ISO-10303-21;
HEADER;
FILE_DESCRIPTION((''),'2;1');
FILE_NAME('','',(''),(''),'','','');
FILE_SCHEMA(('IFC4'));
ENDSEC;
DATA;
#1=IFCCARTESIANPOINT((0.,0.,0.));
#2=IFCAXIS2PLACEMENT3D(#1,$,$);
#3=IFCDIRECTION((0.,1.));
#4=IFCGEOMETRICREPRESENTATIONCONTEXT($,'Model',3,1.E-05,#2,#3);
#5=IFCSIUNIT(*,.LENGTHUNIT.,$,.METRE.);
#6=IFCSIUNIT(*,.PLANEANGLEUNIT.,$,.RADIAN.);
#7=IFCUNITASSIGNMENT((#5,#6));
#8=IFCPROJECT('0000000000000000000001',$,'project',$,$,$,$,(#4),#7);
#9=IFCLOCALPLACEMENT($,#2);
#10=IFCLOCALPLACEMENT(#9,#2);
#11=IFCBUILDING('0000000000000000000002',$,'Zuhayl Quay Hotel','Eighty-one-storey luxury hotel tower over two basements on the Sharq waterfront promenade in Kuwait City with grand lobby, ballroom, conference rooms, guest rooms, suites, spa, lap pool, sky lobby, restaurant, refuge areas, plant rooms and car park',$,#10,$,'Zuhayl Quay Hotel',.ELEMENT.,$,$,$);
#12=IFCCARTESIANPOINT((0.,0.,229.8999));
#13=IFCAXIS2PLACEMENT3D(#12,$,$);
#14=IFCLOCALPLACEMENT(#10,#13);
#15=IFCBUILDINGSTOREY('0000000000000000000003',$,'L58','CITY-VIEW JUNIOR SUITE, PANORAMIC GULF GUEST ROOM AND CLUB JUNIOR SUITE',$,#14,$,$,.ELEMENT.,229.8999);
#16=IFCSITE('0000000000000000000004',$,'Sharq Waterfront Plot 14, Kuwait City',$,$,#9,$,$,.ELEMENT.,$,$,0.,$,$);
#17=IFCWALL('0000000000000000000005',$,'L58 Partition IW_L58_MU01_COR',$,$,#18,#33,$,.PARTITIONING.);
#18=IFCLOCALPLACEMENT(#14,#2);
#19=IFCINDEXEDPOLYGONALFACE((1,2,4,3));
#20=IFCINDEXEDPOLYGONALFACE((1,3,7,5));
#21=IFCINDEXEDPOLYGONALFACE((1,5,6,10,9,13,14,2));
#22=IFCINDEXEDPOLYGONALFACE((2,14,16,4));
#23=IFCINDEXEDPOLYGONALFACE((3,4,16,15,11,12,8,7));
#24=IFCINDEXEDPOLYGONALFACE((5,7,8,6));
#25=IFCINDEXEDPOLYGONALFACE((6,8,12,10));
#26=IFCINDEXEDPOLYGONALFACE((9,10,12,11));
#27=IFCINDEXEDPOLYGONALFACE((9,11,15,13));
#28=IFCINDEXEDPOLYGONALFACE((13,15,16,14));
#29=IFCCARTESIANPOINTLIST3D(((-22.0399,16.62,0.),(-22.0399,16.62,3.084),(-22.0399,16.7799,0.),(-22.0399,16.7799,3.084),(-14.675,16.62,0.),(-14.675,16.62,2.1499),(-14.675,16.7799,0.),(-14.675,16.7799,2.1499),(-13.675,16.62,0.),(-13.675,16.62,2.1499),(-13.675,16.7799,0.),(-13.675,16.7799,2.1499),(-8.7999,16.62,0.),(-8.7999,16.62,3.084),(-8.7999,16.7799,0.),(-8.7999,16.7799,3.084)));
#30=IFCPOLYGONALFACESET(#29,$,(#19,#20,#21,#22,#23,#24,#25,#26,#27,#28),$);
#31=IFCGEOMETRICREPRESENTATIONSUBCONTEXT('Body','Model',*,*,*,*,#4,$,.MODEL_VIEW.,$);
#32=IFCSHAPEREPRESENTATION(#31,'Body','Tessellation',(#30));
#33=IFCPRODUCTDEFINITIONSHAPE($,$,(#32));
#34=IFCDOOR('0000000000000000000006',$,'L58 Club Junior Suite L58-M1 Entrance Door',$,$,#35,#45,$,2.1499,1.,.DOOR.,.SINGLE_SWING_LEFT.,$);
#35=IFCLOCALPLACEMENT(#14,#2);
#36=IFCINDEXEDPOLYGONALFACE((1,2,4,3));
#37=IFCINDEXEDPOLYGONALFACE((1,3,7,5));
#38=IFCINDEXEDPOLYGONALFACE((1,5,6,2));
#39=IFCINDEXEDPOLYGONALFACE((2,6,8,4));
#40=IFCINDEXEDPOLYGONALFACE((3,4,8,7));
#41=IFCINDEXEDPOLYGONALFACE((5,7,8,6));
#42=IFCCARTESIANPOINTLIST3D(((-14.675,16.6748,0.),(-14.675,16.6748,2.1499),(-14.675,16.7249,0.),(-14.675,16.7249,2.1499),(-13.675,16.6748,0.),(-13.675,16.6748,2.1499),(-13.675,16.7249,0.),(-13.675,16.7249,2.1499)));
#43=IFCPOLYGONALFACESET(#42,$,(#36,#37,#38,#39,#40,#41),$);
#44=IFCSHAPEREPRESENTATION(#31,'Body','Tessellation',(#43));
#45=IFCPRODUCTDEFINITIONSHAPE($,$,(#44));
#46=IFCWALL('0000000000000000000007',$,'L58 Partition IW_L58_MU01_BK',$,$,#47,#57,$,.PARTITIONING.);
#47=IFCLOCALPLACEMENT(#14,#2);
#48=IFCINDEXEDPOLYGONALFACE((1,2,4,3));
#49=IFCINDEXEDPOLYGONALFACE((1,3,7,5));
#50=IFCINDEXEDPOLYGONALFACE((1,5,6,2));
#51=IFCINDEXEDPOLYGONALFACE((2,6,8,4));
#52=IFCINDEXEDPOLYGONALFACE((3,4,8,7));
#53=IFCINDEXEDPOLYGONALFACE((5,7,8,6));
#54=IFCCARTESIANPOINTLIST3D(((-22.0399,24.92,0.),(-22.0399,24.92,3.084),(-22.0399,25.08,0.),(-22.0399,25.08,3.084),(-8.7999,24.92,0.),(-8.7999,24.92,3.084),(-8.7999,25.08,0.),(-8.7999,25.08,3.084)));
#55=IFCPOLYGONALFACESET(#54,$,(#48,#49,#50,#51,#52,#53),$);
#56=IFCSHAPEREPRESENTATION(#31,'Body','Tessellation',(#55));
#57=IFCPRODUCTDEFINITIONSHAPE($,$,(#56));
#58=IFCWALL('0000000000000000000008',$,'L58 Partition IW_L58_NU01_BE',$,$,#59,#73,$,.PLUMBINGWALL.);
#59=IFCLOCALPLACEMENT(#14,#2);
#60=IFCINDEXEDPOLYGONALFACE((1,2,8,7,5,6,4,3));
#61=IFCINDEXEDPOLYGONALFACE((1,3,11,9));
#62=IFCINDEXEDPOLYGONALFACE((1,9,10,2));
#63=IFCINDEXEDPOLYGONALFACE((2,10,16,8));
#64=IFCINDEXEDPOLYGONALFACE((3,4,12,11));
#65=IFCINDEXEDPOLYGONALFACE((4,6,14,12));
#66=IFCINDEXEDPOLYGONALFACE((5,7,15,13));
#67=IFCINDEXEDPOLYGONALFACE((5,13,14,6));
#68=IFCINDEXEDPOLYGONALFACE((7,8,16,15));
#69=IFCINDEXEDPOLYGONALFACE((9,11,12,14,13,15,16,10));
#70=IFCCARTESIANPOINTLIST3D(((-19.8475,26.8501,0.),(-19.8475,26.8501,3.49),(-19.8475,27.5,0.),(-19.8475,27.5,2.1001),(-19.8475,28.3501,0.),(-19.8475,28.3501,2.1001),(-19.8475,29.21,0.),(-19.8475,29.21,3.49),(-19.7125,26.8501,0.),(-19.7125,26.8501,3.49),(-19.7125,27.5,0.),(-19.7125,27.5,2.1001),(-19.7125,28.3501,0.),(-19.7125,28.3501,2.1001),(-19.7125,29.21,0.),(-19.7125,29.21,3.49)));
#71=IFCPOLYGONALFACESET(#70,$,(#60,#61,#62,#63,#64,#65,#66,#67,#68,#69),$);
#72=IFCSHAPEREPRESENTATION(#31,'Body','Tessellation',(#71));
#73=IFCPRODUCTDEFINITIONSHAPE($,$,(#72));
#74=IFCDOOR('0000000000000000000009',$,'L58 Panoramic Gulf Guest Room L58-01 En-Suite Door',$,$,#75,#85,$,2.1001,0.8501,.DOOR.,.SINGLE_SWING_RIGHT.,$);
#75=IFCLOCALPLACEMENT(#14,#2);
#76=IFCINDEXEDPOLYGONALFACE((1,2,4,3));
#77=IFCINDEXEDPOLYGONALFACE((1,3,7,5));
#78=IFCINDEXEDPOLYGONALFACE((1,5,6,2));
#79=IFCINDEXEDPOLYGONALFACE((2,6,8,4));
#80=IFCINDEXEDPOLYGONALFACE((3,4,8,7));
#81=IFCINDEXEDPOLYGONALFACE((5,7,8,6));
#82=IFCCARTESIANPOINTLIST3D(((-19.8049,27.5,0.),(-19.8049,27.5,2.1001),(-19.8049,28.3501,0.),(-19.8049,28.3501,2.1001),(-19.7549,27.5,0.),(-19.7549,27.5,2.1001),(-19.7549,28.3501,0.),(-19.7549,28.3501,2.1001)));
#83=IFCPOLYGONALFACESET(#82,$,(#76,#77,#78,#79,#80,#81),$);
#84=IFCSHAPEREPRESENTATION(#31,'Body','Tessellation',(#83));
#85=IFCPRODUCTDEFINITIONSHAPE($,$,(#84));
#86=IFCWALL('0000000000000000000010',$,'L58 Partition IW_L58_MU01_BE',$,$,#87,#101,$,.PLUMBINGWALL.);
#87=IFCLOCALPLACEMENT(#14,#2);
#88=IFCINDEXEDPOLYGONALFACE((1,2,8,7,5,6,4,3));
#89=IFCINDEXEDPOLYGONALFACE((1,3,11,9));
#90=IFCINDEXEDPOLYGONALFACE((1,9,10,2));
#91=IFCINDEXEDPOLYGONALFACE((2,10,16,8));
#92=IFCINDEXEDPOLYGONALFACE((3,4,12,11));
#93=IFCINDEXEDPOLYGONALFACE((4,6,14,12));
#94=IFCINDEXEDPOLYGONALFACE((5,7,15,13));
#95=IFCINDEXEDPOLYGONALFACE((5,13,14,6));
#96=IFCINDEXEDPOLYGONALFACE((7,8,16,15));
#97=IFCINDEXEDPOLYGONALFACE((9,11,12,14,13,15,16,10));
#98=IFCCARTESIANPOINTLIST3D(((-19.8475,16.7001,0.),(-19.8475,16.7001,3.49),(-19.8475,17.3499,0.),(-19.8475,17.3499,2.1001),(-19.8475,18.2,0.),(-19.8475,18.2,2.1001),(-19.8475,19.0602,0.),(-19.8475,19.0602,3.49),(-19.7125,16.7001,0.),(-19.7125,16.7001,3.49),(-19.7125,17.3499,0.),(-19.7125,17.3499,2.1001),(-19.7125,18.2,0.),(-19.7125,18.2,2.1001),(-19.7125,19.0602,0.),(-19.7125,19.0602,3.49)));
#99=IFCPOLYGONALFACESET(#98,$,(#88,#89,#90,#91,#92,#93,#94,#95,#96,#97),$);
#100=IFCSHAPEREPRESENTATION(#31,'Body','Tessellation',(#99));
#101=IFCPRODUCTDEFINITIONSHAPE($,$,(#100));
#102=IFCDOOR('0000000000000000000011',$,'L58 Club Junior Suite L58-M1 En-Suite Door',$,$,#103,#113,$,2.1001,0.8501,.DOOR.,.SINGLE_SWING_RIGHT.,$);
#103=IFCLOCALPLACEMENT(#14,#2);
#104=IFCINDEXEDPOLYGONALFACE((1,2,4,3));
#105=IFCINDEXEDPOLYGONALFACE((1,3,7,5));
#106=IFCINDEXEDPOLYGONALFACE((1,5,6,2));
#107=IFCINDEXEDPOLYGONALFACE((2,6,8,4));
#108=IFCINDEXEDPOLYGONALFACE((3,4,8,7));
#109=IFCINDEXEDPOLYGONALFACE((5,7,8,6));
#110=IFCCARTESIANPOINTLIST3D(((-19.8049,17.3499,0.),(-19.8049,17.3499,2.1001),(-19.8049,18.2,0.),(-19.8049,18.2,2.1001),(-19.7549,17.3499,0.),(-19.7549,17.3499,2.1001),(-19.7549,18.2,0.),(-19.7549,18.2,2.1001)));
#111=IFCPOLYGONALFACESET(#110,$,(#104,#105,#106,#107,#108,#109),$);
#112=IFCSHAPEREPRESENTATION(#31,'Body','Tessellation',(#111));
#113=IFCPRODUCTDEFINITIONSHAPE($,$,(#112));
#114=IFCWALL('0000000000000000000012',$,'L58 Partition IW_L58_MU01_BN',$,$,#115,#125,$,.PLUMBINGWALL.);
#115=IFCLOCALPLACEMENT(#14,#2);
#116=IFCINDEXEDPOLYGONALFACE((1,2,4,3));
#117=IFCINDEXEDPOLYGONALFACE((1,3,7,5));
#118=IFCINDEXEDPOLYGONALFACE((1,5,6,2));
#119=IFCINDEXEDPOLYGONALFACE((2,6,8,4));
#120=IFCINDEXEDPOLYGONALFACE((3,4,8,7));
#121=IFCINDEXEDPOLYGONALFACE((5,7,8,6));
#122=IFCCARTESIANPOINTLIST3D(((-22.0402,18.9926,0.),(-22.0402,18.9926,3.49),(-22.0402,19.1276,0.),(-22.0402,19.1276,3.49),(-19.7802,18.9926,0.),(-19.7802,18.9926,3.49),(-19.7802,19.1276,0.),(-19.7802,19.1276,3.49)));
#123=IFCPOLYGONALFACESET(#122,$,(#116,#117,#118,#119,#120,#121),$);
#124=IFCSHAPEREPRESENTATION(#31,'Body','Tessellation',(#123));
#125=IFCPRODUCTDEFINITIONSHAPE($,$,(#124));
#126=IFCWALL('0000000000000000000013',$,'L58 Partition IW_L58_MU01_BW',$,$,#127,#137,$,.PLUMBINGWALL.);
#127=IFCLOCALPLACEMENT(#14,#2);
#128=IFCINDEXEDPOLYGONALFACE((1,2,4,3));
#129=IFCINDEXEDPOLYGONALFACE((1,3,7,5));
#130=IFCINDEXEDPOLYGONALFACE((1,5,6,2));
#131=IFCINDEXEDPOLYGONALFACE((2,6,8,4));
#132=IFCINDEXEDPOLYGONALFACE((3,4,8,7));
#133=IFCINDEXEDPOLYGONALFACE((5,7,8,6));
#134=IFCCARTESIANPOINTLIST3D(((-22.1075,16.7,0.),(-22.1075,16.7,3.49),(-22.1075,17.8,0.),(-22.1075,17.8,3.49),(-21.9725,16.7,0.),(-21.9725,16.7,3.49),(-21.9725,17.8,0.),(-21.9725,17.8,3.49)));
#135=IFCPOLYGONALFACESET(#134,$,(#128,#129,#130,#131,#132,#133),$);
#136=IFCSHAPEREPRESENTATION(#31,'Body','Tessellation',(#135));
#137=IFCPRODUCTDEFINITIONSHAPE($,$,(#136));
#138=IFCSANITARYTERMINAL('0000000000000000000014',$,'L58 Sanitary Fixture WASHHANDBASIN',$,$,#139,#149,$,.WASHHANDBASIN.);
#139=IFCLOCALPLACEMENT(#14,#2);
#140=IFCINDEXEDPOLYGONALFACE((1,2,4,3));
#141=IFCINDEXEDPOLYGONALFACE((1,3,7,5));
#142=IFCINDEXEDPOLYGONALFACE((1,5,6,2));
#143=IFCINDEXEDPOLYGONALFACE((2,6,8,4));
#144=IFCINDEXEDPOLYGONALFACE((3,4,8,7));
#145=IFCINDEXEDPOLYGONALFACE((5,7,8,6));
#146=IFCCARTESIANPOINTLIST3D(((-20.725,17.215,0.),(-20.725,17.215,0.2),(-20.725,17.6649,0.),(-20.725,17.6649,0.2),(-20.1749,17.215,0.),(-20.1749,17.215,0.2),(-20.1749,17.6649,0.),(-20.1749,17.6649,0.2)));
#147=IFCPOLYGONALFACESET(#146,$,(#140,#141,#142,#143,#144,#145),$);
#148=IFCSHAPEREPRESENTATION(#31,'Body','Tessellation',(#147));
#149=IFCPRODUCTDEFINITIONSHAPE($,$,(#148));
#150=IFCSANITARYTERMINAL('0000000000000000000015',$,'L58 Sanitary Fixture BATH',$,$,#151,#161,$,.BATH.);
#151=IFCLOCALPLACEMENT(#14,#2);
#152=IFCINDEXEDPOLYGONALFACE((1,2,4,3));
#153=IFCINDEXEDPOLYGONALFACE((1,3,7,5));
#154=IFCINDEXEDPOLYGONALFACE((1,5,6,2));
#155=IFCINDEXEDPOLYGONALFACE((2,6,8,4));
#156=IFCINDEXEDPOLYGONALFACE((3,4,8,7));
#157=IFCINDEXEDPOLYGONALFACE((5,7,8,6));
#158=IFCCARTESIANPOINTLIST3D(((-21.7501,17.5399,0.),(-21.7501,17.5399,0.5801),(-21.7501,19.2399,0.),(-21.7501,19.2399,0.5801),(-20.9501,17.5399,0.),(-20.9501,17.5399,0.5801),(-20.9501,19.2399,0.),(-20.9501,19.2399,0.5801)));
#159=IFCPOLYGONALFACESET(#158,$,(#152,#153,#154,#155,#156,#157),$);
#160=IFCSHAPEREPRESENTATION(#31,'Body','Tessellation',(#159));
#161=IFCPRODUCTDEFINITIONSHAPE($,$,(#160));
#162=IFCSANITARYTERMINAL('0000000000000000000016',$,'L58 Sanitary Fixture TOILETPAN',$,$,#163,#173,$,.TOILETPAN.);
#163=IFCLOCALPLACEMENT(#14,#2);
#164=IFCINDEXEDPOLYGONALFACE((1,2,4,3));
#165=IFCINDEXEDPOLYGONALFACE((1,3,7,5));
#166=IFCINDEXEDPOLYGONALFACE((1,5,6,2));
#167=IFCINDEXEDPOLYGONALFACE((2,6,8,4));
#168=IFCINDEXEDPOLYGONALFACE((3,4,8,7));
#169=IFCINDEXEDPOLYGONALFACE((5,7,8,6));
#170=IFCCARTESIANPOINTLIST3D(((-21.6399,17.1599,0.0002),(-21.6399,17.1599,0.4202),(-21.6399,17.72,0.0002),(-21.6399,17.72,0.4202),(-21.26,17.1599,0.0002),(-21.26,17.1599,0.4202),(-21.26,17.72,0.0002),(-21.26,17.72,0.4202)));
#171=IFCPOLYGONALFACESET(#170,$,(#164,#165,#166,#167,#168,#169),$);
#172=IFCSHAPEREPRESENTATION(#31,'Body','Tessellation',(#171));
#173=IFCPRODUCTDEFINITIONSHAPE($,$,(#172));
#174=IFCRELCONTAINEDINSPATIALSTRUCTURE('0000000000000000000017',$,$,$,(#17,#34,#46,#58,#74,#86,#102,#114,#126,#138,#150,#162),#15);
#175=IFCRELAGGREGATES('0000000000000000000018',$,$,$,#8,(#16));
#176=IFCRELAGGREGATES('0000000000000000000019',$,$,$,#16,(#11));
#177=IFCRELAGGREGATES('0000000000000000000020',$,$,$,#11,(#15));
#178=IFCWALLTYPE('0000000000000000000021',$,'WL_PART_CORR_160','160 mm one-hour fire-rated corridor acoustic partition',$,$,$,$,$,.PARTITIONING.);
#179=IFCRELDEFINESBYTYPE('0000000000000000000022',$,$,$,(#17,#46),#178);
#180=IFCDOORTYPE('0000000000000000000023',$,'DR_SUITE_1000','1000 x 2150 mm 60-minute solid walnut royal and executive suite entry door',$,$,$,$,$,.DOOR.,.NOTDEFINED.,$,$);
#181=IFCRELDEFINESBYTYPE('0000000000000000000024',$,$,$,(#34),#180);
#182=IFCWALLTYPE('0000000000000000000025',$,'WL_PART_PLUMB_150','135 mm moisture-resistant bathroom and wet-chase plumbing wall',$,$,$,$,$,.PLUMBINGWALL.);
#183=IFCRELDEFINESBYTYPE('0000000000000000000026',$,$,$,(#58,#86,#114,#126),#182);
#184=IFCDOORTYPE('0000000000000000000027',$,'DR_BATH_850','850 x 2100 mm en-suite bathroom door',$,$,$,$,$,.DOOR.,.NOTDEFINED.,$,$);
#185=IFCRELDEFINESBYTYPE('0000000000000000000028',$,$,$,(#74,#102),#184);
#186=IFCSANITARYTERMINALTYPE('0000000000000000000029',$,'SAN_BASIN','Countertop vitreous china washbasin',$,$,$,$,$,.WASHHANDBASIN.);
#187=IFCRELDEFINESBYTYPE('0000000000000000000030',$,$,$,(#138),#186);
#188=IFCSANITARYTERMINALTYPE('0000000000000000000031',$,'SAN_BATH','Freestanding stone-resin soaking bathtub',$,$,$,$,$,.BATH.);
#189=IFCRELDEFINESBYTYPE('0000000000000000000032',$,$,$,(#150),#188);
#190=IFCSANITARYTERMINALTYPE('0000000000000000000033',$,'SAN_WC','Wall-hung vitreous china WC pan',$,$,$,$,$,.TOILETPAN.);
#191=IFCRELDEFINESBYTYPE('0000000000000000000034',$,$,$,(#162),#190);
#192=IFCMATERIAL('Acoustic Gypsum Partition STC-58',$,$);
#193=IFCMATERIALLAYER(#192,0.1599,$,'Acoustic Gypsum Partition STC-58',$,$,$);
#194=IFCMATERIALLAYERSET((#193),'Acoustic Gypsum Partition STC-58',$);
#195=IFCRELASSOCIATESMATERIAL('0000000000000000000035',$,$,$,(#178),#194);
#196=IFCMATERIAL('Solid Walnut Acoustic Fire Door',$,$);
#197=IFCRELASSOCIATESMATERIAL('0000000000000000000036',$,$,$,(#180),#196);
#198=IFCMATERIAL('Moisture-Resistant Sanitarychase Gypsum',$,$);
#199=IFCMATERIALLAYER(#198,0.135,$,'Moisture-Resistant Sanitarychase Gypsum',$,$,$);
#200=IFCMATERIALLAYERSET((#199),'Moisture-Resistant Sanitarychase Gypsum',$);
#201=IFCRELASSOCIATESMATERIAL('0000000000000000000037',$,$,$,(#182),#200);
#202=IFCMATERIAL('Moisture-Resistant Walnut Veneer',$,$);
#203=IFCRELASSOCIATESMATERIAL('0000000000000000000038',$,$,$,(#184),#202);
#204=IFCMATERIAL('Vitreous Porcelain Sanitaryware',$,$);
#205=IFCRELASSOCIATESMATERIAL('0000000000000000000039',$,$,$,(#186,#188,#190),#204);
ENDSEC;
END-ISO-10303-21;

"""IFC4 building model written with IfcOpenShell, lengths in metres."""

from ifc_helpers import new_model, si_unit, direction, frame, frame_2d, origin, origin_2d, place, context, subcontext, project, spatial, rectangle, extrude, material, layer, layer_set, type_object, element, fill, save


model = new_model("IFC4")

# Units and contexts
model_context = context("Model", 3, precision=1e-05, world=origin(), true_north=direction((0.0, 1.0)))
body_context = subcontext(model_context, "Body", "Model", "MODEL_VIEW")
ifc_project = project(units=[si_unit("LENGTHUNIT", "METRE"), si_unit("PLANEANGLEUNIT", "RADIAN")], contexts=[model_context])

# Site, building, storey
site_placement = place(None, origin())
site = spatial("IfcSite", under=ifc_project, at=site_placement, Name="Sharq Waterfront Plot 14, Kuwait City", CompositionType="ELEMENT", RefElevation=0.0)
building_placement = place(site_placement, origin())
building = spatial("IfcBuilding", under=site, at=building_placement, Name="Zuhayl Quay Hotel", Description="Eighty-one-storey luxury hotel tower over two basements on the Sharq waterfront promenade in Kuwait City with grand lobby, ballroom, conference rooms, guest rooms, suites, spa, lap pool, sky lobby, restaurant, refuge areas, plant rooms and car park", LongName="Zuhayl Quay Hotel", CompositionType="ELEMENT")
storey_placement = place(building_placement, frame((0.0, 0.0, 229.8999)))
storey = spatial("IfcBuildingStorey", under=building, at=storey_placement, Name="L58", Description="CITY-VIEW JUNIOR SUITE, PANORAMIC GULF GUEST ROOM AND CLUB JUNIOR SUITE", CompositionType="ELEMENT", Elevation=229.8999)

# Shared definitions
ifc_material_1 = material(Name="Acoustic Gypsum Partition STC-58")

# Wall, opening, door
ifc_layer_1 = layer(ifc_material_1, 0.1599, Name="Acoustic Gypsum Partition STC-58")
ifc_layer_set_1 = layer_set([ifc_layer_1], Name="Acoustic Gypsum Partition STC-58")
wall_type_1 = type_object("IfcWallType", Name="WL_PART_CORR_160", Description="160 mm one-hour fire-rated corridor acoustic partition", PredefinedType="PARTITIONING", material=ifc_layer_set_1)
ifc_material_2 = material(Name="Solid Walnut Acoustic Fire Door")
door_type_1 = type_object("IfcDoorType", Name="DR_SUITE_1000", Description="1000 x 2150 mm 60-minute solid walnut royal and executive suite entry door", OperationType="NOTDEFINED", PredefinedType="DOOR", material=ifc_material_2)
wall_1_placement = place(storey_placement, frame((-22.04, 16.7, 0.0), z_axis=(0.0, 0.0, 1.0), x_axis=(1.0, 0.0, 0.0)))
wall_1 = element("IfcWall", 1, at=wall_1_placement, inside=storey, type_object=wall_type_1, Name="L58 Partition IW_L58_MU01_COR", PredefinedType="PARTITIONING", context=body_context, shape_type="SweptSolid", body=[
    extrude(rectangle(XDim=13.24, YDim=0.1599, at=frame_2d((6.6201, 0.0))), origin(), (0.0, 0.0, 1.0), 3.084),
])
opening_1_placement = place(wall_1_placement, frame((7.365, 0.0, 0.0)))
opening_1 = element("IfcOpeningElement", 2, at=opening_1_placement, cuts=wall_1, PredefinedType="OPENING", context=body_context, shape_type="SweptSolid", body=[
    extrude(rectangle(XDim=1.0, YDim=2.1499, at=frame_2d((0.5, 1.075))), frame((0.0, 0.0898, 0.0), z_axis=(0.0, -1.0, 0.0), x_axis=(1.0, 0.0, 0.0)), (0.0, 0.0, 1.0), 0.1799),
])
door_1_placement = place(opening_1_placement, origin())
door_1 = element("IfcDoor", 3, at=door_1_placement, inside=storey, type_object=door_type_1, Name="L58 Club Junior Suite L58-M1 Entrance Door", OperationType="SINGLE_SWING_LEFT", OverallHeight=2.1499, OverallWidth=1.0, PredefinedType="DOOR", context=body_context, shape_type="SweptSolid", body=[
    extrude(rectangle(XDim=1.0, YDim=2.1499, at=frame_2d((0.5, 1.075))), frame((0.0, 0.0249, 0.0), z_axis=(0.0, -1.0, 0.0), x_axis=(1.0, 0.0, 0.0)), (0.0, 0.0, 1.0), 0.05),
])
fill(opening_1, door_1)

# Wall
wall_2_placement = place(storey_placement, frame((-22.04, 25.0, 0.0), z_axis=(0.0, 0.0, 1.0), x_axis=(1.0, 0.0, 0.0)))
element("IfcWall", 4, at=wall_2_placement, inside=storey, type_object=wall_type_1, Name="L58 Partition IW_L58_MU01_BK", PredefinedType="PARTITIONING", context=body_context, shape_type="SweptSolid", body=[
    extrude(rectangle(XDim=13.24, YDim=0.1599, at=frame_2d((6.6201, 0.0))), origin(), (0.0, 0.0, 1.0), 3.084),
])

# Walls, openings, doors
ifc_material_3 = material(Name="Moisture-Resistant Sanitarychase Gypsum")
ifc_layer_2 = layer(ifc_material_3, 0.135, Name="Moisture-Resistant Sanitarychase Gypsum")
ifc_layer_set_2 = layer_set([ifc_layer_2], Name="Moisture-Resistant Sanitarychase Gypsum")
wall_type_2 = type_object("IfcWallType", Name="WL_PART_PLUMB_150", Description="135 mm moisture-resistant bathroom and wet-chase plumbing wall", PredefinedType="PLUMBINGWALL", material=ifc_layer_set_2)
wall_3_placement = place(storey_placement, frame((-19.78, 26.8501, 0.0), z_axis=(0.0, 0.0, 1.0), x_axis=(0.0, 1.0, 0.0)))
wall_3 = element("IfcWall", 5, at=wall_3_placement, inside=storey, type_object=wall_type_2, Name="L58 Partition IW_L58_NU01_BE", PredefinedType="PLUMBINGWALL", context=body_context, shape_type="SweptSolid", body=[
    extrude(rectangle(XDim=2.3599, YDim=0.135, at=frame_2d((1.1799, 0.0))), origin(), (0.0, 0.0, 1.0), 3.49),
])
opening_2_placement = place(wall_3_placement, frame((0.6499, 0.0, 0.0)))
opening_2 = element("IfcOpeningElement", 6, at=opening_2_placement, cuts=wall_3, PredefinedType="OPENING", context=body_context, shape_type="SweptSolid", body=[
    extrude(rectangle(XDim=0.8501, YDim=2.1001, at=frame_2d((0.425, 1.05))), frame((0.0, 0.0774, 0.0), z_axis=(0.0, -1.0, 0.0), x_axis=(1.0, 0.0, 0.0)), (0.0, 0.0, 1.0), 0.155),
])
ifc_material_4 = material(Name="Moisture-Resistant Walnut Veneer")
door_type_2 = type_object("IfcDoorType", Name="DR_BATH_850", Description="850 x 2100 mm en-suite bathroom door", OperationType="NOTDEFINED", PredefinedType="DOOR", material=ifc_material_4)
door_2_placement = place(opening_2_placement, origin())
door_2 = element("IfcDoor", 7, at=door_2_placement, inside=storey, type_object=door_type_2, Name="L58 Panoramic Gulf Guest Room L58-01 En-Suite Door", OperationType="SINGLE_SWING_RIGHT", OverallHeight=2.1001, OverallWidth=0.8501, PredefinedType="DOOR", context=body_context, shape_type="SweptSolid", body=[
    extrude(rectangle(XDim=0.8501, YDim=2.1001, at=frame_2d((0.425, 1.05))), frame((0.0, 0.0249, 0.0), z_axis=(0.0, -1.0, 0.0), x_axis=(1.0, 0.0, 0.0)), (0.0, 0.0, 1.0), 0.05),
])
fill(opening_2, door_2)
wall_4_placement = place(storey_placement, frame((-19.78, 16.7, 0.0), z_axis=(0.0, 0.0, 1.0), x_axis=(0.0, 1.0, 0.0)))
wall_4 = element("IfcWall", 8, at=wall_4_placement, inside=storey, type_object=wall_type_2, Name="L58 Partition IW_L58_MU01_BE", PredefinedType="PLUMBINGWALL", context=body_context, shape_type="SweptSolid", body=[
    extrude(rectangle(XDim=2.3601, YDim=0.135, at=frame_2d((1.1802, 0.0))), origin(), (0.0, 0.0, 1.0), 3.49),
])
opening_3_placement = place(wall_4_placement, frame((0.6499, 0.0, 0.0)))
opening_3 = element("IfcOpeningElement", 9, at=opening_3_placement, cuts=wall_4, PredefinedType="OPENING", context=body_context, shape_type="SweptSolid", body=[
    extrude(rectangle(XDim=0.8501, YDim=2.1001, at=frame_2d((0.425, 1.05))), frame((0.0, 0.0774, 0.0), z_axis=(0.0, -1.0, 0.0), x_axis=(1.0, 0.0, 0.0)), (0.0, 0.0, 1.0), 0.155),
])
door_3_placement = place(opening_3_placement, origin())
door_3 = element("IfcDoor", 10, at=door_3_placement, inside=storey, type_object=door_type_2, Name="L58 Club Junior Suite L58-M1 En-Suite Door", OperationType="SINGLE_SWING_RIGHT", OverallHeight=2.1001, OverallWidth=0.8501, PredefinedType="DOOR", context=body_context, shape_type="SweptSolid", body=[
    extrude(rectangle(XDim=0.8501, YDim=2.1001, at=frame_2d((0.425, 1.05))), frame((0.0, 0.0249, 0.0), z_axis=(0.0, -1.0, 0.0), x_axis=(1.0, 0.0, 0.0)), (0.0, 0.0, 1.0), 0.05),
])
fill(opening_3, door_3)

# Walls
wall_5_placement = place(storey_placement, frame((-22.04, 19.0601, 0.0), z_axis=(0.0, 0.0, 1.0), x_axis=(1.0, 0.0, 0.0)))
element("IfcWall", 11, at=wall_5_placement, inside=storey, type_object=wall_type_2, Name="L58 Partition IW_L58_MU01_BN", PredefinedType="PLUMBINGWALL", context=body_context, shape_type="SweptSolid", body=[
    extrude(rectangle(XDim=2.26, YDim=0.135, at=frame_2d((1.1299, 0.0))), origin(), (0.0, 0.0, 1.0), 3.49),
])
wall_6_placement = place(storey_placement, frame((-22.04, 16.7, 0.0), z_axis=(0.0, 0.0, 1.0), x_axis=(0.0, 1.0, 0.0)))
element("IfcWall", 12, at=wall_6_placement, inside=storey, type_object=wall_type_2, Name="L58 Partition IW_L58_MU01_BW", PredefinedType="PLUMBINGWALL", context=body_context, shape_type="SweptSolid", body=[
    extrude(rectangle(XDim=1.1001, YDim=0.135, at=frame_2d((0.55, 0.0))), origin(), (0.0, 0.0, 1.0), 3.49),
])

# Sanitary terminals
ifc_material_5 = material(Name="Vitreous Porcelain Sanitaryware")
sanitary_terminal_type_1 = type_object("IfcSanitaryTerminalType", Name="SAN_BASIN", Description="Countertop vitreous china washbasin", PredefinedType="WASHHANDBASIN", material=ifc_material_5)
sanitary_terminal_1_placement = place(storey_placement, frame((-20.45, 17.4399, 0.0), z_axis=(0.0, 0.0, 1.0), x_axis=(1.0, 0.0, 0.0)))
element("IfcSanitaryTerminal", 13, at=sanitary_terminal_1_placement, inside=storey, type_object=sanitary_terminal_type_1, Name="L58 Sanitary Fixture WASHHANDBASIN", PredefinedType="WASHHANDBASIN", context=body_context, shape_type="SweptSolid", body=[
    extrude(rectangle(XDim=0.55, YDim=0.45, at=origin_2d()), origin(), (0.0, 0.0, 1.0), 0.2),
])
sanitary_terminal_type_2 = type_object("IfcSanitaryTerminalType", Name="SAN_BATH", Description="Freestanding stone-resin soaking bathtub", PredefinedType="BATH", material=ifc_material_5)
sanitary_terminal_2_placement = place(storey_placement, frame((-21.3501, 18.3899, 0.0), z_axis=(0.0, 0.0, 1.0), x_axis=(1.0, 0.0, 0.0)))
element("IfcSanitaryTerminal", 14, at=sanitary_terminal_2_placement, inside=storey, type_object=sanitary_terminal_type_2, Name="L58 Sanitary Fixture BATH", PredefinedType="BATH", context=body_context, shape_type="SweptSolid", body=[
    extrude(rectangle(XDim=0.8, YDim=1.7, at=origin_2d()), origin(), (0.0, 0.0, 1.0), 0.5801),
])
sanitary_terminal_type_3 = type_object("IfcSanitaryTerminalType", Name="SAN_WC", Description="Wall-hung vitreous china WC pan", PredefinedType="TOILETPAN", material=ifc_material_5)
sanitary_terminal_3_placement = place(storey_placement, frame((-21.45, 17.4399, 0.0002), z_axis=(0.0, 0.0, 1.0), x_axis=(1.0, 0.0, 0.0)))
element("IfcSanitaryTerminal", 15, at=sanitary_terminal_3_placement, inside=storey, type_object=sanitary_terminal_type_3, Name="L58 Sanitary Fixture TOILETPAN", PredefinedType="TOILETPAN", context=body_context, shape_type="SweptSolid", body=[
    extrude(rectangle(XDim=0.3799, YDim=0.5601, at=origin_2d()), origin(), (0.0, 0.0, 1.0), 0.4199),
])

save(model, "model.ifc")
